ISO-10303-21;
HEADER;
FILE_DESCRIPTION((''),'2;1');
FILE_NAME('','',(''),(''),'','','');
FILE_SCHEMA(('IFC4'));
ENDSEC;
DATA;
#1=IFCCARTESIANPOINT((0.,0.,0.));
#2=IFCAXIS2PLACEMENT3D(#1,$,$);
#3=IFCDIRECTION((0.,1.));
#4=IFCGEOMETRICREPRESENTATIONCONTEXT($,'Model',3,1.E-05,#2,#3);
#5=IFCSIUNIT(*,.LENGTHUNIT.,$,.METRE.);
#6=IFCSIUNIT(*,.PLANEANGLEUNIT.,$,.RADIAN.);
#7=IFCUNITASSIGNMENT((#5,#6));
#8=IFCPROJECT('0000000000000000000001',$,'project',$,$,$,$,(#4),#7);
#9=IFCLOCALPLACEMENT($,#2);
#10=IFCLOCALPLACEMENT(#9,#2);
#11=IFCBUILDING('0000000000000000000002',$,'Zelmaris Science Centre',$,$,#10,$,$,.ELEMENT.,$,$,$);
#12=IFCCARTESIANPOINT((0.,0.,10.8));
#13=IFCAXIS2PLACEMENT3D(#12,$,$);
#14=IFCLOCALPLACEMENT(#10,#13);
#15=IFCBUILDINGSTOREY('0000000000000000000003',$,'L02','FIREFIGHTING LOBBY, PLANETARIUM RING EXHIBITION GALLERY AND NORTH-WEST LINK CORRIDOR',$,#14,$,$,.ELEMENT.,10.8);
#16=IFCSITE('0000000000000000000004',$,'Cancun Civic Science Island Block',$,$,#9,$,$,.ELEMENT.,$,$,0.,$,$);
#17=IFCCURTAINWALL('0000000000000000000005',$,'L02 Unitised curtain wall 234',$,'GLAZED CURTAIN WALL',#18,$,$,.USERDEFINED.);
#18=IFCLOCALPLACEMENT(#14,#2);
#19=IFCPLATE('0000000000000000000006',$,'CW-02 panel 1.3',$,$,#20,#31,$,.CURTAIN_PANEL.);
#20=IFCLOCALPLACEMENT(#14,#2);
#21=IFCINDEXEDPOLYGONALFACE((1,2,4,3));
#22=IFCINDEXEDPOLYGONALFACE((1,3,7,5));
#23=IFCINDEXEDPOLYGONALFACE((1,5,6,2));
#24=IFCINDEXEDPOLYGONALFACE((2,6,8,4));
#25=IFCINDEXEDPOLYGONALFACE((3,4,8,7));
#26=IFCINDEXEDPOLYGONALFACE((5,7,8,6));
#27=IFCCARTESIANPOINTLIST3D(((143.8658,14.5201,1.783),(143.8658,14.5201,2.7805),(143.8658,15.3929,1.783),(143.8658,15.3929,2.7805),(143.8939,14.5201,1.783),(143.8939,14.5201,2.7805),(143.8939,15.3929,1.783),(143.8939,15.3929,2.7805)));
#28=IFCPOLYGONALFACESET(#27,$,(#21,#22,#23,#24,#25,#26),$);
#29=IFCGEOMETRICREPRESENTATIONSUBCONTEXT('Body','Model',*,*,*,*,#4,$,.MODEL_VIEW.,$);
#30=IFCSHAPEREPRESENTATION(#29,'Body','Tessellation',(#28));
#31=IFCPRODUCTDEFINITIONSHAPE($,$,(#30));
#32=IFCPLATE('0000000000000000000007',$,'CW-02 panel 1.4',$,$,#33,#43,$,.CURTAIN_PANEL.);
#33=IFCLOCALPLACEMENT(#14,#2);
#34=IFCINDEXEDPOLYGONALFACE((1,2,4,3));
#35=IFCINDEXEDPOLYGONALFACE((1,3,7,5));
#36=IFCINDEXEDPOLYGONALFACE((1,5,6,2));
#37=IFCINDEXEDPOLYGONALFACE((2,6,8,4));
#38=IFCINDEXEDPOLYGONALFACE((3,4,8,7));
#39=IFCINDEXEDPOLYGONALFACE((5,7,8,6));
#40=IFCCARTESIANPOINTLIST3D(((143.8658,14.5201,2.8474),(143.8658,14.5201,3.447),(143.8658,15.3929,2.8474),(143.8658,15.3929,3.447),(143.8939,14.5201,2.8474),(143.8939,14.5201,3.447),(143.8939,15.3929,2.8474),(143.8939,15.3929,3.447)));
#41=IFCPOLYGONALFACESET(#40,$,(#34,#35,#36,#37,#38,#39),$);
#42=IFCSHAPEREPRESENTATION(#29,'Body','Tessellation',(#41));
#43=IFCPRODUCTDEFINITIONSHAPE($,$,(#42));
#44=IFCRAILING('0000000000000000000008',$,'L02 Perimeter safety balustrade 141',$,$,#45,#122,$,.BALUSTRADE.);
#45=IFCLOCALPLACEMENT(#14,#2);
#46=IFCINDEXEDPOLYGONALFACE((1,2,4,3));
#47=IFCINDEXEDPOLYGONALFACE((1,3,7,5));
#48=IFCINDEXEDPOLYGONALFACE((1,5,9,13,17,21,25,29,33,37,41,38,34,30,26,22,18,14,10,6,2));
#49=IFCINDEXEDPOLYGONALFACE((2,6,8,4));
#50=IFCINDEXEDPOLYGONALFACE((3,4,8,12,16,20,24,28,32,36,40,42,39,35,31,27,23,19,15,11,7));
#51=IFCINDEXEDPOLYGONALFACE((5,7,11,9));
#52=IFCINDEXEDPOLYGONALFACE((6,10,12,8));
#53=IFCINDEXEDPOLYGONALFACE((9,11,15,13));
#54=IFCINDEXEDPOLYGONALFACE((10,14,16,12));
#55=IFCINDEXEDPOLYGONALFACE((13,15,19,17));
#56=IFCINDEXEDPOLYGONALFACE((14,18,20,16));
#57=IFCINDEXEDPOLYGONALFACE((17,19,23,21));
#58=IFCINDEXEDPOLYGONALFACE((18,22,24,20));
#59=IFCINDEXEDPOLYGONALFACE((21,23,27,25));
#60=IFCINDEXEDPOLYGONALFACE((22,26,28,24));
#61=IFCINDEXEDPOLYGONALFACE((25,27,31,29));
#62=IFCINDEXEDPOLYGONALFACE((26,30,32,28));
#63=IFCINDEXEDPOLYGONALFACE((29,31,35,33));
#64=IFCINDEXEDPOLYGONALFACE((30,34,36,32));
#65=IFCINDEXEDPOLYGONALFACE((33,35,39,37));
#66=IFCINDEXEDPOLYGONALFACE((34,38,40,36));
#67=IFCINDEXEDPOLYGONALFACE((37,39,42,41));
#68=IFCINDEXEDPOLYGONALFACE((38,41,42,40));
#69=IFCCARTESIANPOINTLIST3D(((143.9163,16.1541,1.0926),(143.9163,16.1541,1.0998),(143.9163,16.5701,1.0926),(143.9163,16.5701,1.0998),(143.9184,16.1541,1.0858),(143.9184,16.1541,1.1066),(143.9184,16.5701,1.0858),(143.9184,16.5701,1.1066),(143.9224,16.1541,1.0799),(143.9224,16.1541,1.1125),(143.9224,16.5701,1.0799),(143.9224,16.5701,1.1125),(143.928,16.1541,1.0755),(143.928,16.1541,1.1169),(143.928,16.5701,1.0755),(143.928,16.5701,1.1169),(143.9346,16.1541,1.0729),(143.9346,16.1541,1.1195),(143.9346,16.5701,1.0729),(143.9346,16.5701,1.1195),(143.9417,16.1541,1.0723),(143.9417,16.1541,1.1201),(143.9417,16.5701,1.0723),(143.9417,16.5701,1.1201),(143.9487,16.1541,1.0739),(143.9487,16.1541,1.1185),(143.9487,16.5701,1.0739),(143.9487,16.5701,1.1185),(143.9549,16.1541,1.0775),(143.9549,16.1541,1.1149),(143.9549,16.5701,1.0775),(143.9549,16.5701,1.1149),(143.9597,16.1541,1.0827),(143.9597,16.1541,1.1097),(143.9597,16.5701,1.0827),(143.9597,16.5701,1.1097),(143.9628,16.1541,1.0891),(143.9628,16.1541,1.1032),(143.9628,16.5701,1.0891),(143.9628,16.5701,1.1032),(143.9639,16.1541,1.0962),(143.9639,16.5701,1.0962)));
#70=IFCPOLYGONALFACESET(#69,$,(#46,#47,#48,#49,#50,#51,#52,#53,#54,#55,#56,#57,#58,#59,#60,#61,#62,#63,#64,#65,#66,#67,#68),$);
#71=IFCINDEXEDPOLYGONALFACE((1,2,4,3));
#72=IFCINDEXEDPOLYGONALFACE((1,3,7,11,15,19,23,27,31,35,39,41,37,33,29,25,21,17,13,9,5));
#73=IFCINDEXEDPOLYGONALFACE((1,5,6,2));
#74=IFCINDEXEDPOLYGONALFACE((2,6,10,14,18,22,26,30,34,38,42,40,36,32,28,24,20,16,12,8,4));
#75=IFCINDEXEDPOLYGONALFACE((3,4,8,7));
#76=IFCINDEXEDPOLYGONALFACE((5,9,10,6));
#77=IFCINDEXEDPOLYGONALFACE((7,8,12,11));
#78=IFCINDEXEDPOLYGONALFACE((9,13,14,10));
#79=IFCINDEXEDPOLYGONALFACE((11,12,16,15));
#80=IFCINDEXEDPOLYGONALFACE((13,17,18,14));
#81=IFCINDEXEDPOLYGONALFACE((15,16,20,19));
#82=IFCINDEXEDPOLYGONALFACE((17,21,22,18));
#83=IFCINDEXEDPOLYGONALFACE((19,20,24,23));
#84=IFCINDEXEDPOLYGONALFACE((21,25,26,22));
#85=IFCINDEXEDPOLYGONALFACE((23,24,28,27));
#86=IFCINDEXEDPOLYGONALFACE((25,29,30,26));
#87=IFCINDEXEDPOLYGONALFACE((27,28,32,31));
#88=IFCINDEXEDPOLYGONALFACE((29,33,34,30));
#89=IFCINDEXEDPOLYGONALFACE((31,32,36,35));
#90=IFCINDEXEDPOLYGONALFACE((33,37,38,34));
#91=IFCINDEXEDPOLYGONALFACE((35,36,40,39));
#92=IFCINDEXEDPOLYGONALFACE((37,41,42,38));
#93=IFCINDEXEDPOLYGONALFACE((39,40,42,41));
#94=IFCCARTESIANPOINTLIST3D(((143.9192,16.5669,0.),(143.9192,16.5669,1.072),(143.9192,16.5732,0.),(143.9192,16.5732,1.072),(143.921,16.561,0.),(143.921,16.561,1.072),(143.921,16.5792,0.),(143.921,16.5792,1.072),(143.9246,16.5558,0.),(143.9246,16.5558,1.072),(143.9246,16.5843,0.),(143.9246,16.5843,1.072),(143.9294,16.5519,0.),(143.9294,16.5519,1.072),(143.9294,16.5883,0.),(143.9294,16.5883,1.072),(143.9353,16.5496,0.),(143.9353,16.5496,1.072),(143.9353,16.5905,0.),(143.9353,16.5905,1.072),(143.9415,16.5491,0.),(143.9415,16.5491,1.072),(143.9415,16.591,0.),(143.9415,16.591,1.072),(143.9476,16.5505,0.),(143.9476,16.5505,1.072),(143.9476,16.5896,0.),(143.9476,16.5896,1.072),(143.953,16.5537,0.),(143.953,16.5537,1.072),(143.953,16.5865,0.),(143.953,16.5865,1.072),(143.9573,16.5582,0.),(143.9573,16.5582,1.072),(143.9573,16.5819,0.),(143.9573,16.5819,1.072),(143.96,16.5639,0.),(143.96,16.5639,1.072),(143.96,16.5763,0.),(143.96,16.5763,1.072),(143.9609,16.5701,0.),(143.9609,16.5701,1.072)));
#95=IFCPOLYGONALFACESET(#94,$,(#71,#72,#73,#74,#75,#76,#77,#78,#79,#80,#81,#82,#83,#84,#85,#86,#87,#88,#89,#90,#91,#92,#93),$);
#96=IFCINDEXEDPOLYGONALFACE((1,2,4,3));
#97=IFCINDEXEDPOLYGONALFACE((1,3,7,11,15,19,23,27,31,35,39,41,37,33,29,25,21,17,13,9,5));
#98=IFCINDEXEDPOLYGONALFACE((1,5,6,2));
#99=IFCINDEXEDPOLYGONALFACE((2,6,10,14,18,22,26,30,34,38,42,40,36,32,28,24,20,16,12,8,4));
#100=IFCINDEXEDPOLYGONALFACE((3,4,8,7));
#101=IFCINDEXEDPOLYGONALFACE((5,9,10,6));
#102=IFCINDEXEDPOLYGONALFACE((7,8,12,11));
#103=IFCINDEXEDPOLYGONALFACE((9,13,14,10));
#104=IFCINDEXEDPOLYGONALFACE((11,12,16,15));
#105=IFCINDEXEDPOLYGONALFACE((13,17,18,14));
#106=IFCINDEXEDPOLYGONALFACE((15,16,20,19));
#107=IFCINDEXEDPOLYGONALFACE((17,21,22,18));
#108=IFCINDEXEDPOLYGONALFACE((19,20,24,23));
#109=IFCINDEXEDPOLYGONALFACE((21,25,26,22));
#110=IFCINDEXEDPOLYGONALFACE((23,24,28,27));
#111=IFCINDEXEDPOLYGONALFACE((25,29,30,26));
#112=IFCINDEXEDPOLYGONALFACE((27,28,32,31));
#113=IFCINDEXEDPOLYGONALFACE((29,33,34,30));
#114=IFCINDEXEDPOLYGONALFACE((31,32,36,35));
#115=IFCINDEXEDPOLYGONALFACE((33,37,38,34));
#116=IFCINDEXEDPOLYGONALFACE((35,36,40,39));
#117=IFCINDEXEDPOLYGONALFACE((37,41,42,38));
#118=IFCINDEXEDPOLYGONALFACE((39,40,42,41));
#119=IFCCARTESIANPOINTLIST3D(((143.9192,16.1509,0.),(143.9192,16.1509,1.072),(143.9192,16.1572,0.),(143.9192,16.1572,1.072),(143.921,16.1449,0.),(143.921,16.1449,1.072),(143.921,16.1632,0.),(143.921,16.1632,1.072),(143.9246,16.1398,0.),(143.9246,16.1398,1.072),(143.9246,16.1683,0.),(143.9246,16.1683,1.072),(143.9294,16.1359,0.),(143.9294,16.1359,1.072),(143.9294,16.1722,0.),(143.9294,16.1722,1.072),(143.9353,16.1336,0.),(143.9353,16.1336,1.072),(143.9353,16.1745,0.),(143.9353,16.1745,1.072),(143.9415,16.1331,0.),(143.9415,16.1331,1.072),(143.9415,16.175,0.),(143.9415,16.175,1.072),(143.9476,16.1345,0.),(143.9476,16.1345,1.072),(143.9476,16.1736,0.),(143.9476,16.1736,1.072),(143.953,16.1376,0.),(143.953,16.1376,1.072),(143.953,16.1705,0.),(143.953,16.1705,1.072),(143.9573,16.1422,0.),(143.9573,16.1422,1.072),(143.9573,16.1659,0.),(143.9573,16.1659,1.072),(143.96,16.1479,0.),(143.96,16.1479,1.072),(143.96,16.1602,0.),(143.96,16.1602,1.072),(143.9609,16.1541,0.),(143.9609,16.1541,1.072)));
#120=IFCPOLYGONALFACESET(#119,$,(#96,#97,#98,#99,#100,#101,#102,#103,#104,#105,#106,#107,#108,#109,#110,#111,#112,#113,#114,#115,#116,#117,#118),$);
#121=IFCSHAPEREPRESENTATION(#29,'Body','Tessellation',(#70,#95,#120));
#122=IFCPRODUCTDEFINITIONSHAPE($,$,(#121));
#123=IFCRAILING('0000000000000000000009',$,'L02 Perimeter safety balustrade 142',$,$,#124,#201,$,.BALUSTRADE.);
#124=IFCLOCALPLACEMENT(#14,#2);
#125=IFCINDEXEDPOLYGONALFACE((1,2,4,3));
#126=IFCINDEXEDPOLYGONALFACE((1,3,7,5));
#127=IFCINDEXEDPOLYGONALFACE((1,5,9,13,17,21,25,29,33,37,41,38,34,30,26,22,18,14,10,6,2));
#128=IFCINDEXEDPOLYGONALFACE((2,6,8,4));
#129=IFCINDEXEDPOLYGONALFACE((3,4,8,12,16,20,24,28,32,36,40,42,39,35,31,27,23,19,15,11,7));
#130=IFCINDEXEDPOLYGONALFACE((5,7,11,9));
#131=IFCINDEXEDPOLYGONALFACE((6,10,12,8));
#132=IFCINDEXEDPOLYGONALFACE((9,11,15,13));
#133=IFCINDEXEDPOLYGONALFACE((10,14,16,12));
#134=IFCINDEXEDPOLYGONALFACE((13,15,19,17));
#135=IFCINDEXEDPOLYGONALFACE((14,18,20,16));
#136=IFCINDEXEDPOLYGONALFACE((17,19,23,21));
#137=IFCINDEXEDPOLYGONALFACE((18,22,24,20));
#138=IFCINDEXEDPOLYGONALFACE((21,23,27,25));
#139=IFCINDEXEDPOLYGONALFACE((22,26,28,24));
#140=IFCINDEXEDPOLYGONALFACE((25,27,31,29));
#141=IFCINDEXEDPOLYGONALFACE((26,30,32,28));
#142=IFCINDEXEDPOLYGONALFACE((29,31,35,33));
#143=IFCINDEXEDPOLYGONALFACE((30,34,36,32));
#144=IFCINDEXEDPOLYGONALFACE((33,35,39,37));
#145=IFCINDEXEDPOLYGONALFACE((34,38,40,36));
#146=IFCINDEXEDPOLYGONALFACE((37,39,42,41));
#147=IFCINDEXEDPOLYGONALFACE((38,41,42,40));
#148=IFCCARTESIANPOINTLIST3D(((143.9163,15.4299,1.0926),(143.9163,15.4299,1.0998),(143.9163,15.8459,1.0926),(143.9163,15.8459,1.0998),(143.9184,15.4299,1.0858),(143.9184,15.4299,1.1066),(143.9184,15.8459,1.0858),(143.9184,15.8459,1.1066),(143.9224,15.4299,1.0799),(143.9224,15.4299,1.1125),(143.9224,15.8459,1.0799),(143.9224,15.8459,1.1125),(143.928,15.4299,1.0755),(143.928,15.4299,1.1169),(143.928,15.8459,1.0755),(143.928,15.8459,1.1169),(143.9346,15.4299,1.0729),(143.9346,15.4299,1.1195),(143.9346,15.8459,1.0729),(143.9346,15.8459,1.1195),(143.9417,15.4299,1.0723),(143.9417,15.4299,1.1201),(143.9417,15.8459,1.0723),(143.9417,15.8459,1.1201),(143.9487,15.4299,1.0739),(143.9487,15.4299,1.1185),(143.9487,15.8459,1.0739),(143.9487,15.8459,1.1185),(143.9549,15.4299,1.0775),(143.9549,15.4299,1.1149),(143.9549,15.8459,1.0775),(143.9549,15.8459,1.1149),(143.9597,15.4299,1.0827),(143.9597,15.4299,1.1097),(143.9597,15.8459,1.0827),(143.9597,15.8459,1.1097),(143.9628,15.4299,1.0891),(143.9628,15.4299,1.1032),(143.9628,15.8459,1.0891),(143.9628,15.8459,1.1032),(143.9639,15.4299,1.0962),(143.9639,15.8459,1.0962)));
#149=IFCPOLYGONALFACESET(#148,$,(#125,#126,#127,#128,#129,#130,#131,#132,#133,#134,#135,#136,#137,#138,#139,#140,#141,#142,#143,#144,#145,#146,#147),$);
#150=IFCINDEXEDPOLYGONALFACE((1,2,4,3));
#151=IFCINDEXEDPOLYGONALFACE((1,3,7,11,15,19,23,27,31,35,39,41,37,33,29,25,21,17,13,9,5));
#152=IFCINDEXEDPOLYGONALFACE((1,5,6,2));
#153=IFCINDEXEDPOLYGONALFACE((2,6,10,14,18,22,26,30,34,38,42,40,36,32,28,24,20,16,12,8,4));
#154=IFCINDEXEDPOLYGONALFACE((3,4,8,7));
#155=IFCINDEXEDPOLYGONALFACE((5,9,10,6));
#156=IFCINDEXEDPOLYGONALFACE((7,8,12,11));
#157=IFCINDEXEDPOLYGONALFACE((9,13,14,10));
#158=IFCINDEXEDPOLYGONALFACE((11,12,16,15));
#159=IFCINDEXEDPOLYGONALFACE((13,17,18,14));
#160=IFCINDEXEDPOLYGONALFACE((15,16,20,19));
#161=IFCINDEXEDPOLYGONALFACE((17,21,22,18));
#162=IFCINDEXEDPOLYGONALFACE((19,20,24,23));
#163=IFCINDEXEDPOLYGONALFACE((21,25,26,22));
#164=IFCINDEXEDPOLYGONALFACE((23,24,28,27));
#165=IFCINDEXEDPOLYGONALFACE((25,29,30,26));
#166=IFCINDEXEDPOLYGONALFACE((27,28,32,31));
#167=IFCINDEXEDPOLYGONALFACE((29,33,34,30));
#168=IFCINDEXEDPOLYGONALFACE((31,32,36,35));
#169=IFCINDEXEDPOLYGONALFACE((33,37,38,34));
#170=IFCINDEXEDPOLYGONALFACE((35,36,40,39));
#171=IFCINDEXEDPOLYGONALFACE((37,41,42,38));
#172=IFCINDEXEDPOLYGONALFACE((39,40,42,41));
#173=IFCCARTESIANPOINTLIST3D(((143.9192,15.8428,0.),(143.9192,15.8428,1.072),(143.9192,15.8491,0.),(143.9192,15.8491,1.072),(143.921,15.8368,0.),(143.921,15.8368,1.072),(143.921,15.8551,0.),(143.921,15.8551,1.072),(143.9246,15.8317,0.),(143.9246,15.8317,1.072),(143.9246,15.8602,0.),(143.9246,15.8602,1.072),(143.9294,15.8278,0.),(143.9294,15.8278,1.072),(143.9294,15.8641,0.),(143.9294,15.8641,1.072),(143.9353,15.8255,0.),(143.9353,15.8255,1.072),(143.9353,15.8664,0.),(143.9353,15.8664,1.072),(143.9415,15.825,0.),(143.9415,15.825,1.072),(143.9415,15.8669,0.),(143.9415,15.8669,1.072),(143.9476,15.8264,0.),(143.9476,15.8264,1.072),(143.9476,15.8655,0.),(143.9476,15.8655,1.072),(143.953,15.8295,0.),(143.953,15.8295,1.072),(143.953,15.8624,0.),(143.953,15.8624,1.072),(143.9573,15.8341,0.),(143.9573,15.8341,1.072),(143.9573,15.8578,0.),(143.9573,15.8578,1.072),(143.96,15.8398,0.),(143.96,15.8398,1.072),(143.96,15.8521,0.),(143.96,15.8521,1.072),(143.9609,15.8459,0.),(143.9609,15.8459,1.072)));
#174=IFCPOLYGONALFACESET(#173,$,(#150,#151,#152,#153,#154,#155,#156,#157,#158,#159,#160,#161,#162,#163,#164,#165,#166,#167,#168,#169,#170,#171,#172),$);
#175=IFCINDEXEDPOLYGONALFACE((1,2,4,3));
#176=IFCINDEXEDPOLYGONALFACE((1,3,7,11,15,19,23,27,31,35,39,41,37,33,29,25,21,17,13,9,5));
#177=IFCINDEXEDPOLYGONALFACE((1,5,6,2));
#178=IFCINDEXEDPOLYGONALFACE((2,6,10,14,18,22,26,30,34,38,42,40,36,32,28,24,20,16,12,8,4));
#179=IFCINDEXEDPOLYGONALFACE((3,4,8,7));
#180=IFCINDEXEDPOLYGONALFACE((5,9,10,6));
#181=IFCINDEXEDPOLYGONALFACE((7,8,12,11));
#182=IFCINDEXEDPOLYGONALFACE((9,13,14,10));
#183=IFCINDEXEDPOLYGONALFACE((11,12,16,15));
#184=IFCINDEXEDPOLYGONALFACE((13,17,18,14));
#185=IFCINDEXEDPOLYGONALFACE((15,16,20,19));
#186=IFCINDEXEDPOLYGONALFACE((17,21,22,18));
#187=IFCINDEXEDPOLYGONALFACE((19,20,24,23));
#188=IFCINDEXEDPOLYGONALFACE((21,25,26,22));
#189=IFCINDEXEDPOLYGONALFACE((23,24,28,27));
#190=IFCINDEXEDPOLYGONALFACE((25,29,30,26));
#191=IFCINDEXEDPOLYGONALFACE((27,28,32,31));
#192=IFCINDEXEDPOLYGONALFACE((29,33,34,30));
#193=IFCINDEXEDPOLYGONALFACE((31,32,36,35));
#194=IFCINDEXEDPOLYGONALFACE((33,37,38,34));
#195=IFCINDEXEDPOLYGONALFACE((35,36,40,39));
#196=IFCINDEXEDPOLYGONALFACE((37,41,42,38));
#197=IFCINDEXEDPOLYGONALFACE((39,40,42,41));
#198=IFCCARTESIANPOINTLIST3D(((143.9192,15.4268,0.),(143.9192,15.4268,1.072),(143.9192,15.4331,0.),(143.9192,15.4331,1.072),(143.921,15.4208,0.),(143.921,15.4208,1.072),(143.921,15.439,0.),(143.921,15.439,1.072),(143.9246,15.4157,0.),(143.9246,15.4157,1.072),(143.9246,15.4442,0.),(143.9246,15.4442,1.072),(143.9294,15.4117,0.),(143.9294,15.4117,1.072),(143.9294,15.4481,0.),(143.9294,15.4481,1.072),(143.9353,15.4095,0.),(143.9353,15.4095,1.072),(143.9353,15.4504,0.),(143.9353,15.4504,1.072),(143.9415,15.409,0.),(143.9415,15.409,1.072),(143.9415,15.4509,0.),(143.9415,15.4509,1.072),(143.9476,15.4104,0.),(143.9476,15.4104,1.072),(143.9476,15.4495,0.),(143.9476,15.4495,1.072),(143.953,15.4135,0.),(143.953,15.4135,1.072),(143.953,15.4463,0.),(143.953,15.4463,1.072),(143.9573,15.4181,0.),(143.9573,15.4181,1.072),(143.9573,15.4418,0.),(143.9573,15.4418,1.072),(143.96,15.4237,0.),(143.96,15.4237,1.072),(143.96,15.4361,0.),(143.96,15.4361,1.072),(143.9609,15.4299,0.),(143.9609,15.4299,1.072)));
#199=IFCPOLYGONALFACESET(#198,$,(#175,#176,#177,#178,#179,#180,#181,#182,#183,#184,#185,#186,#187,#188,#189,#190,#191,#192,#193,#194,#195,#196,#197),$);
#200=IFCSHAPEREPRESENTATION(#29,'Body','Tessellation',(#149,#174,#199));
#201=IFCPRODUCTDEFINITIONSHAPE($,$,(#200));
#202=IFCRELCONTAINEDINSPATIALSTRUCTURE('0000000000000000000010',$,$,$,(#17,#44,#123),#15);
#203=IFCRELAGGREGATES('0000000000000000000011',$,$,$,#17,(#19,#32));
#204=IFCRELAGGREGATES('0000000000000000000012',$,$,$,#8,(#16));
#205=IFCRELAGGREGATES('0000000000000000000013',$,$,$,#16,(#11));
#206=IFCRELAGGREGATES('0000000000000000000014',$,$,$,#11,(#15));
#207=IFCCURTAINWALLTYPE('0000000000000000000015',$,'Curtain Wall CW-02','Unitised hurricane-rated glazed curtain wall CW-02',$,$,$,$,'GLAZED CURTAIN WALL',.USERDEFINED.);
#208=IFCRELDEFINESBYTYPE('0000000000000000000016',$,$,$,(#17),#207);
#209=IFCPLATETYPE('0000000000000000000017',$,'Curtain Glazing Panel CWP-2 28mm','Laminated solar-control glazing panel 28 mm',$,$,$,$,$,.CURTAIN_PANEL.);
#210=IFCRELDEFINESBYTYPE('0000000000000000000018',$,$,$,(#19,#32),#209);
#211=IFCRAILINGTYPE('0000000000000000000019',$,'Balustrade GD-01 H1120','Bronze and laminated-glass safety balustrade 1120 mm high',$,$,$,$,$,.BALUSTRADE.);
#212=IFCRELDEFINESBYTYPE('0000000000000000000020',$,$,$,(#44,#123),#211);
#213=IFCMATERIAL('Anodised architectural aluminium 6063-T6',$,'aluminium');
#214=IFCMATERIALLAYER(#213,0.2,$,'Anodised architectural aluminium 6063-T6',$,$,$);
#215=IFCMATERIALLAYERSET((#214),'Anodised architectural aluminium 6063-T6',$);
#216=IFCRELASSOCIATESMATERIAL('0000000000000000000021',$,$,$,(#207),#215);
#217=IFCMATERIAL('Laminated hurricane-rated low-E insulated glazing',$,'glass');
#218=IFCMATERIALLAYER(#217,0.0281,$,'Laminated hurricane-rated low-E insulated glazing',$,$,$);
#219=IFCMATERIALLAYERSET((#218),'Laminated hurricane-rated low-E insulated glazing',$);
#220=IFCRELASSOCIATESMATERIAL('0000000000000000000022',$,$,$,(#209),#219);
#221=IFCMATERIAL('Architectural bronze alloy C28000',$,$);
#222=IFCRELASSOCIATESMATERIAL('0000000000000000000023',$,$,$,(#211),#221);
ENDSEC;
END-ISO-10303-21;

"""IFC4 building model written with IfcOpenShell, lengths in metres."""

from ifc_helpers import new_model, si_unit, direction, frame, origin, origin_2d, place, context, subcontext, project, spatial, rectangle, circle, extrude, material, layer, layer_set, type_object, element, aggregate, save


model = new_model("IFC4")

# Units and contexts
model_context = context("Model", 3, precision=1e-05, world=origin(), true_north=direction((0.0, 1.0)))
body_context = subcontext(model_context, "Body", "Model", "MODEL_VIEW")
ifc_project = project(units=[si_unit("LENGTHUNIT", "METRE"), si_unit("PLANEANGLEUNIT", "RADIAN")], contexts=[model_context])

# Site, building, storey
site_placement = place(None, origin())
site = spatial("IfcSite", under=ifc_project, at=site_placement, Name="Cancun Civic Science Island Block", CompositionType="ELEMENT", RefElevation=0.0)
building_placement = place(site_placement, origin())
building = spatial("IfcBuilding", under=site, at=building_placement, Name="Zelmaris Science Centre", CompositionType="ELEMENT")
storey_placement = place(building_placement, frame((0.0, 0.0, 10.8)))
storey = spatial("IfcBuildingStorey", under=building, at=storey_placement, Name="L02", Description="FIREFIGHTING LOBBY, PLANETARIUM RING EXHIBITION GALLERY AND NORTH-WEST LINK CORRIDOR", CompositionType="ELEMENT", Elevation=10.8)

# Curtain wall
ifc_material_1 = material(Name="Anodised architectural aluminium 6063-T6", Category="aluminium")
ifc_layer_1 = layer(ifc_material_1, 0.2, Name="Anodised architectural aluminium 6063-T6")
ifc_layer_set_1 = layer_set([ifc_layer_1], Name="Anodised architectural aluminium 6063-T6")
curtain_wall_type_1 = type_object("IfcCurtainWallType", Name="Curtain Wall CW-02", Description="Unitised hurricane-rated glazed curtain wall CW-02", ElementType="GLAZED CURTAIN WALL", PredefinedType="USERDEFINED", material=ifc_layer_set_1)
curtain_wall_1_placement = place(storey_placement, origin())
curtain_wall_1 = element("IfcCurtainWall", 1, at=curtain_wall_1_placement, inside=storey, type_object=curtain_wall_type_1, Name="L02 Unitised curtain wall 234", ObjectType="GLAZED CURTAIN WALL", PredefinedType="USERDEFINED")

# Plates
ifc_material_2 = material(Name="Laminated hurricane-rated low-E insulated glazing", Category="glass")
ifc_layer_2 = layer(ifc_material_2, 0.0281, Name="Laminated hurricane-rated low-E insulated glazing")
ifc_layer_set_2 = layer_set([ifc_layer_2], Name="Laminated hurricane-rated low-E insulated glazing")
plate_type_1 = type_object("IfcPlateType", Name="Curtain Glazing Panel CWP-2 28mm", Description="Laminated solar-control glazing panel 28 mm", PredefinedType="CURTAIN_PANEL", material=ifc_layer_set_2)
plate_1_placement = place(storey_placement, frame((143.8799, 14.9565, 1.783), z_axis=(0.0, 0.0, 1.0), x_axis=(0.0, -1.0, 0.0)))
plate_1 = element("IfcPlate", 2, at=plate_1_placement, type_object=plate_type_1, Name="CW-02 panel 1.3", PredefinedType="CURTAIN_PANEL", context=body_context, shape_type="SweptSolid", body=[
    extrude(rectangle(XDim=0.8728, YDim=0.0281, at=origin_2d()), origin(), (0.0, 0.0, 1.0), 0.9976),
])
plate_2_placement = place(storey_placement, frame((143.8799, 14.9565, 2.8474), z_axis=(0.0, 0.0, 1.0), x_axis=(0.0, -1.0, 0.0)))
plate_2 = element("IfcPlate", 3, at=plate_2_placement, type_object=plate_type_1, Name="CW-02 panel 1.4", PredefinedType="CURTAIN_PANEL", context=body_context, shape_type="SweptSolid", body=[
    extrude(rectangle(XDim=0.8728, YDim=0.0281, at=origin_2d()), origin(), (0.0, 0.0, 1.0), 0.5996),
])
aggregate(curtain_wall_1, [plate_1, plate_2])

# Railings
ifc_material_3 = material(Name="Architectural bronze alloy C28000")
railing_type = type_object("IfcRailingType", Name="Balustrade GD-01 H1120", Description="Bronze and laminated-glass safety balustrade 1120 mm high", PredefinedType="BALUSTRADE", material=ifc_material_3)
for number, where, name in (
    (4, (143.9399, 16.5701, 0.0), "L02 Perimeter safety balustrade 141"),
    (5, (143.9399, 15.8459, 0.0), "L02 Perimeter safety balustrade 142"),
):
    element("IfcRailing", number, at=place(storey_placement, frame(where)), inside=storey, type_object=railing_type, Name=name, PredefinedType="BALUSTRADE", context=body_context, shape_type="SweptSolid", body=[
        extrude(circle(Radius=0.0239, at=origin_2d()), frame((0.0, 0.0, 1.0962), z_axis=(0.0, -1.0, 0.0), x_axis=(1.0, 0.0, 0.0)), (0.0, 0.0, 1.0), 0.416),
        extrude(circle(Radius=0.021, at=origin_2d()), origin(), (0.0, 0.0, 1.0), 1.072),
        extrude(circle(Radius=0.021, at=origin_2d()), frame((0.0, -0.416, 0.0)), (0.0, 0.0, 1.0), 1.072),
    ])

save(model, "model.ifc")
